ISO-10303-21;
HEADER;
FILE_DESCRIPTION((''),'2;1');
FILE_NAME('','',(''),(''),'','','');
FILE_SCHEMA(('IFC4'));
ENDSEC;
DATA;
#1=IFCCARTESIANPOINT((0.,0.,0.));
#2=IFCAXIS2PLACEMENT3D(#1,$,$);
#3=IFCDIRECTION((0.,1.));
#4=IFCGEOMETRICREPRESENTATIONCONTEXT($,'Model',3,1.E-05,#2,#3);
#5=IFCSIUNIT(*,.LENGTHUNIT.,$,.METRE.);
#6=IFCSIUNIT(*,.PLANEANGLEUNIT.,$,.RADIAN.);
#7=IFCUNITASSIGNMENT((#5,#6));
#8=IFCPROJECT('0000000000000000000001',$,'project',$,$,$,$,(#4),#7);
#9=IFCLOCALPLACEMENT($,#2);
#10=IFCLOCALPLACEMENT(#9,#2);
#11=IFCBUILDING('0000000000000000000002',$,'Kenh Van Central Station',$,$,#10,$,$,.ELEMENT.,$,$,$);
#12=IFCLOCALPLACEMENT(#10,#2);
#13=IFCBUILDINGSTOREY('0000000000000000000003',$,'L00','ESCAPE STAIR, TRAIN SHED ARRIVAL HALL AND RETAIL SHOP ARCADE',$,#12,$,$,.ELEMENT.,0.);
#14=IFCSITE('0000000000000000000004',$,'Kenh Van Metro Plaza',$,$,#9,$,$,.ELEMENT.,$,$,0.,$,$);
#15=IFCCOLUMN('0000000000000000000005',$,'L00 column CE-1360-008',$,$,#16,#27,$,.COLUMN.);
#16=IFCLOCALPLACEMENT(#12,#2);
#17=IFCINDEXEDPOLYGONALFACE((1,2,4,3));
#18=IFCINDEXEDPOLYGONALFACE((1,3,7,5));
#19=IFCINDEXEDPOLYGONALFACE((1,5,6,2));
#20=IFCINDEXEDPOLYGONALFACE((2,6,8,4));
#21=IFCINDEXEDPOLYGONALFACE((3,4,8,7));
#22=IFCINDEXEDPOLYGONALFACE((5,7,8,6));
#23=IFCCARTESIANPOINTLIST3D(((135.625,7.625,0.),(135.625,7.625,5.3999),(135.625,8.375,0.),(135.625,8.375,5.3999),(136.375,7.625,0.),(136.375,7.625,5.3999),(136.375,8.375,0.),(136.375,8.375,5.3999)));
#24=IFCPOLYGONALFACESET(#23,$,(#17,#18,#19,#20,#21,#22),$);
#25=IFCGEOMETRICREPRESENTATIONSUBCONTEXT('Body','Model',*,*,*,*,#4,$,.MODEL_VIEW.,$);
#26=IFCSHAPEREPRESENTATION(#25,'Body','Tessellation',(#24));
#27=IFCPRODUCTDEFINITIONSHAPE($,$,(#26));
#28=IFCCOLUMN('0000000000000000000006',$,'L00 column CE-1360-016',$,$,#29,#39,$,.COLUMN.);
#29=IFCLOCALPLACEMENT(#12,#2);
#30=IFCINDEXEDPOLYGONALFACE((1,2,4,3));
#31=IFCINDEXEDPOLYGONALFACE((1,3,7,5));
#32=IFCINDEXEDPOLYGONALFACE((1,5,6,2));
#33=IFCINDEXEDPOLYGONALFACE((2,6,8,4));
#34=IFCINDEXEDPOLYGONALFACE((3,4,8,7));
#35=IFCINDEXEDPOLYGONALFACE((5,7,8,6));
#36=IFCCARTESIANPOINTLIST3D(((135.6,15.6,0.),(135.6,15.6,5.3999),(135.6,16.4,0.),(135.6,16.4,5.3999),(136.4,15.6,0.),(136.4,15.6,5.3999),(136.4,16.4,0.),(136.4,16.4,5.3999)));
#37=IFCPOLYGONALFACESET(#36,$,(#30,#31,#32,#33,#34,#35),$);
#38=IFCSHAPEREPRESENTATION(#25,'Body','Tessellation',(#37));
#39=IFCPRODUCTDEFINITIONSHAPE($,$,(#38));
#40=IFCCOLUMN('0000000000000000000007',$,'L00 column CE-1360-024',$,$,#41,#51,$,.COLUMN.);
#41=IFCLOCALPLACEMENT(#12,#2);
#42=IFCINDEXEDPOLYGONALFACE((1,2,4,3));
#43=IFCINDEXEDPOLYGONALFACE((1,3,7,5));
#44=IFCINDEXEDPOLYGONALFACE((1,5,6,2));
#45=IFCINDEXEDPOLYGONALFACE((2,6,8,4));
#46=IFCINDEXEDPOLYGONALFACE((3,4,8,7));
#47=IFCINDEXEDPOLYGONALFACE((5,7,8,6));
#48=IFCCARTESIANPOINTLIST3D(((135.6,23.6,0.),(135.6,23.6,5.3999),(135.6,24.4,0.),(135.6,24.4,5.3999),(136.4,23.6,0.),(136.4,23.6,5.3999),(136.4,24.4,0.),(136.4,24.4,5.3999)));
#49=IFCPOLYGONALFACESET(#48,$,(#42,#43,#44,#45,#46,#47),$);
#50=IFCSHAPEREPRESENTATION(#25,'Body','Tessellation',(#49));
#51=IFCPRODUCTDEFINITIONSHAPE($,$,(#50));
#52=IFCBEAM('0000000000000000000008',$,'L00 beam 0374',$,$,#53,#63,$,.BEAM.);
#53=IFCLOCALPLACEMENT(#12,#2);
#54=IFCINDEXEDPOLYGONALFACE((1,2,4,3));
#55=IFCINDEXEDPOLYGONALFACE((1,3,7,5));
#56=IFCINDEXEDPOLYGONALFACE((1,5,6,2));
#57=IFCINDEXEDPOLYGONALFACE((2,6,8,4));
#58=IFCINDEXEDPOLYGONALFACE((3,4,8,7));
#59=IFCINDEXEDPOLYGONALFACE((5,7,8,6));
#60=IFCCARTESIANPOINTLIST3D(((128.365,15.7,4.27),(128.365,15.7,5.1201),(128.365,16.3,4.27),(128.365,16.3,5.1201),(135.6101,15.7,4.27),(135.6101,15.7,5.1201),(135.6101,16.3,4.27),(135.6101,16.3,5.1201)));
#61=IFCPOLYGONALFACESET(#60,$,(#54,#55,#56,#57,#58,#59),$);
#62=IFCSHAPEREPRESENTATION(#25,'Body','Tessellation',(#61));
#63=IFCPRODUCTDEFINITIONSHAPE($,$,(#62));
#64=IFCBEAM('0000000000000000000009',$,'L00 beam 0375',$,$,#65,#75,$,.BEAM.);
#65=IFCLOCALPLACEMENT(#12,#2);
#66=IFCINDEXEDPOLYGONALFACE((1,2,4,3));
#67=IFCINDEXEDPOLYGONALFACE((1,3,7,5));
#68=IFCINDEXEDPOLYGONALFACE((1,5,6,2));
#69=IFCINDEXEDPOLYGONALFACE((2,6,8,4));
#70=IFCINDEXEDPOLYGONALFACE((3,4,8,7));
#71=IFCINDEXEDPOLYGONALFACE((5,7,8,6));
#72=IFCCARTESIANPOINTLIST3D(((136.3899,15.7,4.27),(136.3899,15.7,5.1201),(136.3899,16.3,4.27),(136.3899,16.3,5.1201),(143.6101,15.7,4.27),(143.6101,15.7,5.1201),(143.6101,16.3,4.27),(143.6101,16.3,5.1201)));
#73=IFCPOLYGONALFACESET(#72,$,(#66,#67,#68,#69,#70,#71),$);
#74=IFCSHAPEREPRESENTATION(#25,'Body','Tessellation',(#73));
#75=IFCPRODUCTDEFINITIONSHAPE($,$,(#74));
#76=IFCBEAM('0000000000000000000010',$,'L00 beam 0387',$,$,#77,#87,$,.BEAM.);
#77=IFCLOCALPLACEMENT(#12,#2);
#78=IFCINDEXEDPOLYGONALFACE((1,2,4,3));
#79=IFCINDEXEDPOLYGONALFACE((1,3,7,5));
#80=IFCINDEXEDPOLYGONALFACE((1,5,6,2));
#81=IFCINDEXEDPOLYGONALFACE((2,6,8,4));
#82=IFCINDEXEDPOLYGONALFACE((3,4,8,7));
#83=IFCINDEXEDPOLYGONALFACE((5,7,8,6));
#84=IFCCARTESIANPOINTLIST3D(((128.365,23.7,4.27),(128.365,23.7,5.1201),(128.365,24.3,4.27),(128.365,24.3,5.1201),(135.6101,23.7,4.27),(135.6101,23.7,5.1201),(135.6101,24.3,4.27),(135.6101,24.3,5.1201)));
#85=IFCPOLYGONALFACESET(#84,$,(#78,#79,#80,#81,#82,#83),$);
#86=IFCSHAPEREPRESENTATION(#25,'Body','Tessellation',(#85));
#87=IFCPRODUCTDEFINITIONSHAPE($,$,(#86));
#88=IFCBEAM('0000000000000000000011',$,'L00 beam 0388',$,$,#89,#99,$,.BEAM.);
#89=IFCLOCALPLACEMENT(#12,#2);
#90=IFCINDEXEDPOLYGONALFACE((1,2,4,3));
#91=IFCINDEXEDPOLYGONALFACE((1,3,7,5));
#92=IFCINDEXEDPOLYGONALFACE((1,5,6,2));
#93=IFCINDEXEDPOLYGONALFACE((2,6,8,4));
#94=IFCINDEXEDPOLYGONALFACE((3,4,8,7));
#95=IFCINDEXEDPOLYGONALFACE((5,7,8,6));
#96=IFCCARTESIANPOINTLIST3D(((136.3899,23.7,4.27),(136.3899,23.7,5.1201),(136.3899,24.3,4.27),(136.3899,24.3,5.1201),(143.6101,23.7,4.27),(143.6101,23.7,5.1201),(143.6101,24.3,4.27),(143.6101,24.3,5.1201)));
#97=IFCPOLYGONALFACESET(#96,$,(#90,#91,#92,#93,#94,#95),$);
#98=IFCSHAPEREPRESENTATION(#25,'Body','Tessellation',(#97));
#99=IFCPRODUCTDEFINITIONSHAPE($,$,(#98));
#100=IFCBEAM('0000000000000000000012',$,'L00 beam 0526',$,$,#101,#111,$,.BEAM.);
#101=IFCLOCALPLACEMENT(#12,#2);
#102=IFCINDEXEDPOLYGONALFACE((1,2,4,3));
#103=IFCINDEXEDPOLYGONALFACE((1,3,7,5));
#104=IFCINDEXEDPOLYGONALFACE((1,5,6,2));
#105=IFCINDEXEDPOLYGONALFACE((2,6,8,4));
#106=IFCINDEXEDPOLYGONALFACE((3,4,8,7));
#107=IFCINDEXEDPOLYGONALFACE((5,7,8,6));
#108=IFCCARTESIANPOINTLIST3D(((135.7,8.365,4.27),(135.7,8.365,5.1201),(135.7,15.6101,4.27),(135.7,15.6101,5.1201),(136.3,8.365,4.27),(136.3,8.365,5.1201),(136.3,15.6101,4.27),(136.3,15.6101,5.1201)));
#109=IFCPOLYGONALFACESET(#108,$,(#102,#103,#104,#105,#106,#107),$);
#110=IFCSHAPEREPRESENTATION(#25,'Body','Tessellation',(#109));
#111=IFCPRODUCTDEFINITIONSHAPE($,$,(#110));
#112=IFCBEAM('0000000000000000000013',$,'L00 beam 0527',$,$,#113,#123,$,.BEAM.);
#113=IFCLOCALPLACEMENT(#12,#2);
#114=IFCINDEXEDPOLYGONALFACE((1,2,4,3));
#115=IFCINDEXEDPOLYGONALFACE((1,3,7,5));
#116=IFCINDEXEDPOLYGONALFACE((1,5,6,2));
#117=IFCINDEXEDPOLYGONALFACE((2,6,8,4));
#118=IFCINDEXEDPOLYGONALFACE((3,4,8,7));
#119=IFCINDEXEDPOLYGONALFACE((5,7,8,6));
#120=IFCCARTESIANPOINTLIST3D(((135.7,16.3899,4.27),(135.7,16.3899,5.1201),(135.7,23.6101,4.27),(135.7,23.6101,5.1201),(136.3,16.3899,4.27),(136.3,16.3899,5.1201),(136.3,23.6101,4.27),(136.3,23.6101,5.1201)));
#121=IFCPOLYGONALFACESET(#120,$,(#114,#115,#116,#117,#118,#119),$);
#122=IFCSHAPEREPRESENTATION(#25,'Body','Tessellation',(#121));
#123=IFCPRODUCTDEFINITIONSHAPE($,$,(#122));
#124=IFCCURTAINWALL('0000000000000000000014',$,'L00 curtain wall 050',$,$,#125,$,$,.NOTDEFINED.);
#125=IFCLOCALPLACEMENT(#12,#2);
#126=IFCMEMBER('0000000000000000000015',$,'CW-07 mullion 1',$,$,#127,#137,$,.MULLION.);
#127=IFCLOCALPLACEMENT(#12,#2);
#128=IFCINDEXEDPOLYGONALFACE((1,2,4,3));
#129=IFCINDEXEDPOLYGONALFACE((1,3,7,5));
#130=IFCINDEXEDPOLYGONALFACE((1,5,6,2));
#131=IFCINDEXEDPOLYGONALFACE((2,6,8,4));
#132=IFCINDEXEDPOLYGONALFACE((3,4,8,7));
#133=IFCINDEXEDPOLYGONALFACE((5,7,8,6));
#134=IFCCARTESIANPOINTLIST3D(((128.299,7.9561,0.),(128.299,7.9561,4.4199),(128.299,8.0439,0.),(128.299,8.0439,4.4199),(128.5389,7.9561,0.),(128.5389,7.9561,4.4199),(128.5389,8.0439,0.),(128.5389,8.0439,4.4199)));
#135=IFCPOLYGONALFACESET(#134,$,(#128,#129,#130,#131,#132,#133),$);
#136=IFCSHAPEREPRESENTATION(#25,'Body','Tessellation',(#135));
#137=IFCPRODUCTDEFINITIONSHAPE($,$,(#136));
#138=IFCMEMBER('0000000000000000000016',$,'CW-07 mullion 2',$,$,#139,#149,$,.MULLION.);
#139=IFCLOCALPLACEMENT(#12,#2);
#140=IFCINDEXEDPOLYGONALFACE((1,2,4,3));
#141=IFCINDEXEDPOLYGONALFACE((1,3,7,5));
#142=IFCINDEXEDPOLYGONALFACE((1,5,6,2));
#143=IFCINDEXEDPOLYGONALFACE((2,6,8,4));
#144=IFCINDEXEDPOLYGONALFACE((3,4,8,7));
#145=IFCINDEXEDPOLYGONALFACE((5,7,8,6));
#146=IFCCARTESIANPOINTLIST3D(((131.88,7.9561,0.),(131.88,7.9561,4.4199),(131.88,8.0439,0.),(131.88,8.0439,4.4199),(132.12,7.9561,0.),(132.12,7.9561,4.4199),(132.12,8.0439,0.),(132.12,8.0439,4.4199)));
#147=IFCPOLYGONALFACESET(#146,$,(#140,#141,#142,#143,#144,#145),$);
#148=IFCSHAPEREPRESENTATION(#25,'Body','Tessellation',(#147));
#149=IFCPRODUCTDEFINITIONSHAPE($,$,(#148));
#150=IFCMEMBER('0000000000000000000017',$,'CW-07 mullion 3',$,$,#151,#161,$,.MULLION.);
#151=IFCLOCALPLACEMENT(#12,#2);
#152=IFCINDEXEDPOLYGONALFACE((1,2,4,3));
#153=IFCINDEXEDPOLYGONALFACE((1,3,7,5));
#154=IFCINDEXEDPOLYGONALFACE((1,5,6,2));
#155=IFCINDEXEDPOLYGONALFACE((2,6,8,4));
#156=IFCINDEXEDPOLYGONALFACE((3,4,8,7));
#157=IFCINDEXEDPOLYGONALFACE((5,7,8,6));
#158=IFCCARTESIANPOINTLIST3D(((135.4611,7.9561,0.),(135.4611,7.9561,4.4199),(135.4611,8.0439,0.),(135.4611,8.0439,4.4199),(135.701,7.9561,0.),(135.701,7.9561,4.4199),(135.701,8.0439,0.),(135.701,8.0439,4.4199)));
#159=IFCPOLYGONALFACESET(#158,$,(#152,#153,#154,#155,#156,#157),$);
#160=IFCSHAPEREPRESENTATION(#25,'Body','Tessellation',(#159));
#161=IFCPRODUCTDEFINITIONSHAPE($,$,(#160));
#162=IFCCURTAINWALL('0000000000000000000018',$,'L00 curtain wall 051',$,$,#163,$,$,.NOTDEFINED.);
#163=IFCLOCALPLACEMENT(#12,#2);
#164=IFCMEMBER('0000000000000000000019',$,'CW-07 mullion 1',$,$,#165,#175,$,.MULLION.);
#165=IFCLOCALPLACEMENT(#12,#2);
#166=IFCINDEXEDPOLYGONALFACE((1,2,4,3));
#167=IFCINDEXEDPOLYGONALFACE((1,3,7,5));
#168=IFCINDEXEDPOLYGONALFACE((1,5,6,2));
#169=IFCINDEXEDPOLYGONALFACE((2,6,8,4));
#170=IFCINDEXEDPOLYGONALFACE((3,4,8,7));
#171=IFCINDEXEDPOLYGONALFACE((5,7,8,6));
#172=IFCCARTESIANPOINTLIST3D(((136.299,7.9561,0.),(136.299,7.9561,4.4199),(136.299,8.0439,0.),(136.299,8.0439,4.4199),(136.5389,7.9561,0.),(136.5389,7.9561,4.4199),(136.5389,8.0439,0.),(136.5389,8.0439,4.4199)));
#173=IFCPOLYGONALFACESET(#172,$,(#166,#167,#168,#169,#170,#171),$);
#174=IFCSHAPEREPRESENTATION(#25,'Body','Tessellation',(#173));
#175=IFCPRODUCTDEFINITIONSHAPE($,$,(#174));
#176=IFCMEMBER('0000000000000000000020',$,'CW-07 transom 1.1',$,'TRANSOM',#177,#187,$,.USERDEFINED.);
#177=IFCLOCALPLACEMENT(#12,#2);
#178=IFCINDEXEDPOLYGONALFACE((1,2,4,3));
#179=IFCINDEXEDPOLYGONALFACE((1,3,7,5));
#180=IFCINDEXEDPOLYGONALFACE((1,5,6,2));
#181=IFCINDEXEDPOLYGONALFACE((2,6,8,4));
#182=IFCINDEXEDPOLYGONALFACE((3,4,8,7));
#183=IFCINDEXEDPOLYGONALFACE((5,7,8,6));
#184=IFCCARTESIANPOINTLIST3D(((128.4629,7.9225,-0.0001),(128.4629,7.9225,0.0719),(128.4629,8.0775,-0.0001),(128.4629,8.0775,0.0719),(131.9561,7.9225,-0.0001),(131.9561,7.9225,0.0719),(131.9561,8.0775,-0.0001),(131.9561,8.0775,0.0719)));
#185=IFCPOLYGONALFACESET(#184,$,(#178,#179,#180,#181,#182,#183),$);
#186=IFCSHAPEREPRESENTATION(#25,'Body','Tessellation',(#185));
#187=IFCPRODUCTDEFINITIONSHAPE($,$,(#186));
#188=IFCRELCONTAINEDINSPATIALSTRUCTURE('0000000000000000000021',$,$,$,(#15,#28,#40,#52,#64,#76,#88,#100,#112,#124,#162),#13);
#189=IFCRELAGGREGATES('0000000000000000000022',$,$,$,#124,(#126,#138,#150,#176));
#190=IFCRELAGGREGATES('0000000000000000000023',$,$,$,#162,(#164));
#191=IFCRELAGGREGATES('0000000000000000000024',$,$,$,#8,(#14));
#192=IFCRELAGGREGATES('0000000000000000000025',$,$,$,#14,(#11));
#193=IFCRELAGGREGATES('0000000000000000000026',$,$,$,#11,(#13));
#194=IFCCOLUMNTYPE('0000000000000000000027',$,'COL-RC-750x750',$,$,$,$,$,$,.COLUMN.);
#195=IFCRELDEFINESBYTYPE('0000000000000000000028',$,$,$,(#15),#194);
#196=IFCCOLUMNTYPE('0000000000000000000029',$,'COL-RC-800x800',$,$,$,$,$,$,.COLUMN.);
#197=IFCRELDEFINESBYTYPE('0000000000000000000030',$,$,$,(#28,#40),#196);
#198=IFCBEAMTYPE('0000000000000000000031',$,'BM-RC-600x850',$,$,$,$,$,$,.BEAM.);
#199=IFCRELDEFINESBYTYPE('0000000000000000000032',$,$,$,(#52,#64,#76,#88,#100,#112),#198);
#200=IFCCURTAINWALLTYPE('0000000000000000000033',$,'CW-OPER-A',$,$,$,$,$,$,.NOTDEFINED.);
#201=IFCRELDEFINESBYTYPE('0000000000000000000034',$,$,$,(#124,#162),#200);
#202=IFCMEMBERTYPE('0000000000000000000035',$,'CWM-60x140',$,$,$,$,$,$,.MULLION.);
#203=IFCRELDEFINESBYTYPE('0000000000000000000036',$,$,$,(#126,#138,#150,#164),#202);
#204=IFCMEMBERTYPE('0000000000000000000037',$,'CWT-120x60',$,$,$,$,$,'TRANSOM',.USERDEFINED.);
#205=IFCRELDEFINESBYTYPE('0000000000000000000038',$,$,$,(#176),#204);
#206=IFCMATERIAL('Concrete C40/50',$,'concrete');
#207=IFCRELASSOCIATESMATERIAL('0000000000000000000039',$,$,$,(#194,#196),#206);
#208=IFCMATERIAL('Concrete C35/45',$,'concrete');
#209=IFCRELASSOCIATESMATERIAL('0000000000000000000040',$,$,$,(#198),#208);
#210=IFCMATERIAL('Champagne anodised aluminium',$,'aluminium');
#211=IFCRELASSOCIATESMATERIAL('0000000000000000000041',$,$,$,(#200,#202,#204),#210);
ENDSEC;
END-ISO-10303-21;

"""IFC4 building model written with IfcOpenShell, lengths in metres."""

from ifc_helpers import new_model, si_unit, direction, frame, origin, origin_2d, place, context, subcontext, project, spatial, rectangle, extrude, material, material_profile, profile_set, type_object, element, aggregate, save


model = new_model("IFC4")

# Units and contexts
model_context = context("Model", 3, precision=1e-05, world=origin(), true_north=direction((0.0, 1.0)))
body_context = subcontext(model_context, "Body", "Model", "MODEL_VIEW")
ifc_project = project(units=[si_unit("LENGTHUNIT", "METRE"), si_unit("PLANEANGLEUNIT", "RADIAN")], contexts=[model_context])

# Site, building, storey
site_placement = place(None, origin())
site = spatial("IfcSite", under=ifc_project, at=site_placement, Name="Kenh Van Metro Plaza", CompositionType="ELEMENT", RefElevation=0.0)
building_placement = place(site_placement, origin())
building = spatial("IfcBuilding", under=site, at=building_placement, Name="Kenh Van Central Station", CompositionType="ELEMENT")
storey_placement = place(building_placement, origin())
storey = spatial("IfcBuildingStorey", under=building, at=storey_placement, Name="L00", Description="ESCAPE STAIR, TRAIN SHED ARRIVAL HALL AND RETAIL SHOP ARCADE", CompositionType="ELEMENT", Elevation=0.0)

# Columns
ifc_material_1 = material(Name="Concrete C40/50", Category="concrete")
ifc_material_profile_1 = material_profile(ifc_material_1, rectangle(XDim=0.75, YDim=0.75, at=origin_2d()), Name="RC 750x750")
ifc_profile_set_1 = profile_set([ifc_material_profile_1], Name="Concrete C40/50")
column_type_1 = type_object("IfcColumnType", Name="COL-RC-750x750", PredefinedType="COLUMN", material=ifc_profile_set_1)
column_placement = place(storey_placement, frame((136.0, 8.0, 0.0), z_axis=(0.0, 0.0, 1.0), x_axis=(1.0, 0.0, 0.0)))
element("IfcColumn", 1, at=column_placement, inside=storey, type_object=column_type_1, Name="L00 column CE-1360-008", PredefinedType="COLUMN", context=body_context, shape_type="SweptSolid", body=[
    extrude(rectangle(XDim=0.75, YDim=0.75, at=origin_2d()), origin(), (0.0, 0.0, 1.0), 5.3999),
])
ifc_material_profile_2 = material_profile(ifc_material_1, rectangle(XDim=0.8, YDim=0.8, at=origin_2d()), Name="RC 800x800")
ifc_profile_set_2 = profile_set([ifc_material_profile_2], Name="Concrete C40/50")
column_type_2 = type_object("IfcColumnType", Name="COL-RC-800x800", PredefinedType="COLUMN", material=ifc_profile_set_2)
for number, where, z_axis, x_axis, name in (
    (2, (136.0, 16.0, 0.0), (0.0, 0.0, 1.0), (1.0, 0.0, 0.0), "L00 column CE-1360-016"),
    (3, (136.0, 24.0, 0.0), (0.0, 0.0, 1.0), (1.0, 0.0, 0.0), "L00 column CE-1360-024"),
):
    element("IfcColumn", number, at=place(storey_placement, frame(where, z_axis=z_axis, x_axis=x_axis)), inside=storey, type_object=column_type_2, Name=name, PredefinedType="COLUMN", context=body_context, shape_type="SweptSolid", body=[
        extrude(rectangle(XDim=0.8, YDim=0.8, at=origin_2d()), origin(), (0.0, 0.0, 1.0), 5.3999),
    ])

# Beams
ifc_material_2 = material(Name="Concrete C35/45", Category="concrete")
ifc_material_profile_3 = material_profile(ifc_material_2, rectangle(XDim=0.6001, YDim=0.8501, at=origin_2d()), Name="RC 600x850")
ifc_profile_set_3 = profile_set([ifc_material_profile_3], Name="Concrete C35/45")
beam_type_1 = type_object("IfcBeamType", Name="BM-RC-600x850", PredefinedType="BEAM", material=ifc_profile_set_3)
beam_1_placement = place(storey_placement, frame((128.365, 16.0, 4.6951), z_axis=(1.0, 0.0, 0.0), x_axis=(0.0, 1.0, 0.0)))
element("IfcBeam", 4, at=beam_1_placement, inside=storey, type_object=beam_type_1, Name="L00 beam 0374", PredefinedType="BEAM", context=body_context, shape_type="SweptSolid", body=[
    extrude(rectangle(XDim=0.6001, YDim=0.8501, at=origin_2d()), origin(), (0.0, 0.0, 1.0), 7.2451),
])
beam_2_placement = place(storey_placement, frame((136.3899, 16.0, 4.6951), z_axis=(1.0, 0.0, 0.0), x_axis=(0.0, 1.0, 0.0)))
element("IfcBeam", 5, at=beam_2_placement, inside=storey, type_object=beam_type_1, Name="L00 beam 0375", PredefinedType="BEAM", context=body_context, shape_type="SweptSolid", body=[
    extrude(rectangle(XDim=0.6001, YDim=0.8501, at=origin_2d()), origin(), (0.0, 0.0, 1.0), 7.2202),
])
beam_3_placement = place(storey_placement, frame((128.365, 24.0, 4.6951), z_axis=(1.0, 0.0, 0.0), x_axis=(0.0, 1.0, 0.0)))
element("IfcBeam", 6, at=beam_3_placement, inside=storey, type_object=beam_type_1, Name="L00 beam 0387", PredefinedType="BEAM", context=body_context, shape_type="SweptSolid", body=[
    extrude(rectangle(XDim=0.6001, YDim=0.8501, at=origin_2d()), origin(), (0.0, 0.0, 1.0), 7.2451),
])
beam_4_placement = place(storey_placement, frame((136.3899, 24.0, 4.6951), z_axis=(1.0, 0.0, 0.0), x_axis=(0.0, 1.0, 0.0)))
element("IfcBeam", 7, at=beam_4_placement, inside=storey, type_object=beam_type_1, Name="L00 beam 0388", PredefinedType="BEAM", context=body_context, shape_type="SweptSolid", body=[
    extrude(rectangle(XDim=0.6001, YDim=0.8501, at=origin_2d()), origin(), (0.0, 0.0, 1.0), 7.2202),
])
beam_5_placement = place(storey_placement, frame((136.0, 8.365, 4.6951), z_axis=(0.0, 1.0, 0.0), x_axis=(-1.0, 0.0, 0.0)))
element("IfcBeam", 8, at=beam_5_placement, inside=storey, type_object=beam_type_1, Name="L00 beam 0526", PredefinedType="BEAM", context=body_context, shape_type="SweptSolid", body=[
    extrude(rectangle(XDim=0.6001, YDim=0.8501, at=origin_2d()), origin(), (0.0, 0.0, 1.0), 7.2451),
])
beam_6_placement = place(storey_placement, frame((136.0, 16.3899, 4.6951), z_axis=(0.0, 1.0, 0.0), x_axis=(-1.0, 0.0, 0.0)))
element("IfcBeam", 9, at=beam_6_placement, inside=storey, type_object=beam_type_1, Name="L00 beam 0527", PredefinedType="BEAM", context=body_context, shape_type="SweptSolid", body=[
    extrude(rectangle(XDim=0.6001, YDim=0.8501, at=origin_2d()), origin(), (0.0, 0.0, 1.0), 7.2202),
])

# Curtain wall, members
ifc_material_3 = material(Name="Champagne anodised aluminium", Category="aluminium")
curtain_wall_type = type_object("IfcCurtainWallType", Name="CW-OPER-A", PredefinedType="NOTDEFINED", material=ifc_material_3)
curtain_wall_1_placement = place(storey_placement, origin())
curtain_wall_1 = element("IfcCurtainWall", 10, at=curtain_wall_1_placement, inside=storey, type_object=curtain_wall_type, Name="L00 curtain wall 050", PredefinedType="NOTDEFINED")
ifc_material_profile_4 = material_profile(ifc_material_3, rectangle(XDim=0.0879, YDim=0.24, at=origin_2d()), Name="AL 88x240")
ifc_profile_set_4 = profile_set([ifc_material_profile_4], Name="Champagne anodised aluminium")
member_type_1 = type_object("IfcMemberType", Name="CWM-60x140", PredefinedType="MULLION", material=ifc_profile_set_4)
member_1_placement = place(storey_placement, frame((128.4189, 8.0, 0.0), z_axis=(0.0, 0.0, 1.0), x_axis=(0.0, 1.0, 0.0)))
member_1 = element("IfcMember", 11, at=member_1_placement, type_object=member_type_1, Name="CW-07 mullion 1", PredefinedType="MULLION", context=body_context, shape_type="SweptSolid", body=[
    extrude(rectangle(XDim=0.0879, YDim=0.24, at=origin_2d()), origin(), (0.0, 0.0, 1.0), 4.4199),
])
member_2_placement = place(storey_placement, frame((132.0, 8.0, 0.0), z_axis=(0.0, 0.0, 1.0), x_axis=(0.0, 1.0, 0.0)))
member_2 = element("IfcMember", 12, at=member_2_placement, type_object=member_type_1, Name="CW-07 mullion 2", PredefinedType="MULLION", context=body_context, shape_type="SweptSolid", body=[
    extrude(rectangle(XDim=0.0879, YDim=0.24, at=origin_2d()), origin(), (0.0, 0.0, 1.0), 4.4199),
])
member_3_placement = place(storey_placement, frame((135.5811, 8.0, 0.0), z_axis=(0.0, 0.0, 1.0), x_axis=(0.0, 1.0, 0.0)))
member_3 = element("IfcMember", 13, at=member_3_placement, type_object=member_type_1, Name="CW-07 mullion 3", PredefinedType="MULLION", context=body_context, shape_type="SweptSolid", body=[
    extrude(rectangle(XDim=0.0879, YDim=0.24, at=origin_2d()), origin(), (0.0, 0.0, 1.0), 4.4199),
])

# Curtain wall, member
curtain_wall_2_placement = place(storey_placement, origin())
curtain_wall_2 = element("IfcCurtainWall", 14, at=curtain_wall_2_placement, inside=storey, type_object=curtain_wall_type, Name="L00 curtain wall 051", PredefinedType="NOTDEFINED")
member_4_placement = place(storey_placement, frame((136.4189, 8.0, 0.0), z_axis=(0.0, 0.0, 1.0), x_axis=(0.0, 1.0, 0.0)))
member_4 = element("IfcMember", 15, at=member_4_placement, type_object=member_type_1, Name="CW-07 mullion 1", PredefinedType="MULLION", context=body_context, shape_type="SweptSolid", body=[
    extrude(rectangle(XDim=0.0879, YDim=0.24, at=origin_2d()), origin(), (0.0, 0.0, 1.0), 4.4199),
])

# Member
ifc_material_profile_5 = material_profile(ifc_material_3, rectangle(XDim=0.155, YDim=0.072, at=origin_2d()), Name="AL 155x72")
ifc_profile_set_5 = profile_set([ifc_material_profile_5], Name="Champagne anodised aluminium")
member_type_2 = type_object("IfcMemberType", Name="CWT-120x60", ElementType="TRANSOM", PredefinedType="USERDEFINED", material=ifc_profile_set_5)
member_5_placement = place(storey_placement, frame((128.4629, 8.0, 0.0359), z_axis=(1.0, 0.0, 0.0), x_axis=(0.0, 1.0, 0.0)))
member_5 = element("IfcMember", 16, at=member_5_placement, type_object=member_type_2, Name="CW-07 transom 1.1", ObjectType="TRANSOM", PredefinedType="USERDEFINED", context=body_context, shape_type="SweptSolid", body=[
    extrude(rectangle(XDim=0.155, YDim=0.072, at=origin_2d()), origin(), (0.0, 0.0, 1.0), 3.4932),
])

aggregate(curtain_wall_1, [member_1, member_2, member_3, member_5])
aggregate(curtain_wall_2, [member_4])

save(model, "model.ifc")
